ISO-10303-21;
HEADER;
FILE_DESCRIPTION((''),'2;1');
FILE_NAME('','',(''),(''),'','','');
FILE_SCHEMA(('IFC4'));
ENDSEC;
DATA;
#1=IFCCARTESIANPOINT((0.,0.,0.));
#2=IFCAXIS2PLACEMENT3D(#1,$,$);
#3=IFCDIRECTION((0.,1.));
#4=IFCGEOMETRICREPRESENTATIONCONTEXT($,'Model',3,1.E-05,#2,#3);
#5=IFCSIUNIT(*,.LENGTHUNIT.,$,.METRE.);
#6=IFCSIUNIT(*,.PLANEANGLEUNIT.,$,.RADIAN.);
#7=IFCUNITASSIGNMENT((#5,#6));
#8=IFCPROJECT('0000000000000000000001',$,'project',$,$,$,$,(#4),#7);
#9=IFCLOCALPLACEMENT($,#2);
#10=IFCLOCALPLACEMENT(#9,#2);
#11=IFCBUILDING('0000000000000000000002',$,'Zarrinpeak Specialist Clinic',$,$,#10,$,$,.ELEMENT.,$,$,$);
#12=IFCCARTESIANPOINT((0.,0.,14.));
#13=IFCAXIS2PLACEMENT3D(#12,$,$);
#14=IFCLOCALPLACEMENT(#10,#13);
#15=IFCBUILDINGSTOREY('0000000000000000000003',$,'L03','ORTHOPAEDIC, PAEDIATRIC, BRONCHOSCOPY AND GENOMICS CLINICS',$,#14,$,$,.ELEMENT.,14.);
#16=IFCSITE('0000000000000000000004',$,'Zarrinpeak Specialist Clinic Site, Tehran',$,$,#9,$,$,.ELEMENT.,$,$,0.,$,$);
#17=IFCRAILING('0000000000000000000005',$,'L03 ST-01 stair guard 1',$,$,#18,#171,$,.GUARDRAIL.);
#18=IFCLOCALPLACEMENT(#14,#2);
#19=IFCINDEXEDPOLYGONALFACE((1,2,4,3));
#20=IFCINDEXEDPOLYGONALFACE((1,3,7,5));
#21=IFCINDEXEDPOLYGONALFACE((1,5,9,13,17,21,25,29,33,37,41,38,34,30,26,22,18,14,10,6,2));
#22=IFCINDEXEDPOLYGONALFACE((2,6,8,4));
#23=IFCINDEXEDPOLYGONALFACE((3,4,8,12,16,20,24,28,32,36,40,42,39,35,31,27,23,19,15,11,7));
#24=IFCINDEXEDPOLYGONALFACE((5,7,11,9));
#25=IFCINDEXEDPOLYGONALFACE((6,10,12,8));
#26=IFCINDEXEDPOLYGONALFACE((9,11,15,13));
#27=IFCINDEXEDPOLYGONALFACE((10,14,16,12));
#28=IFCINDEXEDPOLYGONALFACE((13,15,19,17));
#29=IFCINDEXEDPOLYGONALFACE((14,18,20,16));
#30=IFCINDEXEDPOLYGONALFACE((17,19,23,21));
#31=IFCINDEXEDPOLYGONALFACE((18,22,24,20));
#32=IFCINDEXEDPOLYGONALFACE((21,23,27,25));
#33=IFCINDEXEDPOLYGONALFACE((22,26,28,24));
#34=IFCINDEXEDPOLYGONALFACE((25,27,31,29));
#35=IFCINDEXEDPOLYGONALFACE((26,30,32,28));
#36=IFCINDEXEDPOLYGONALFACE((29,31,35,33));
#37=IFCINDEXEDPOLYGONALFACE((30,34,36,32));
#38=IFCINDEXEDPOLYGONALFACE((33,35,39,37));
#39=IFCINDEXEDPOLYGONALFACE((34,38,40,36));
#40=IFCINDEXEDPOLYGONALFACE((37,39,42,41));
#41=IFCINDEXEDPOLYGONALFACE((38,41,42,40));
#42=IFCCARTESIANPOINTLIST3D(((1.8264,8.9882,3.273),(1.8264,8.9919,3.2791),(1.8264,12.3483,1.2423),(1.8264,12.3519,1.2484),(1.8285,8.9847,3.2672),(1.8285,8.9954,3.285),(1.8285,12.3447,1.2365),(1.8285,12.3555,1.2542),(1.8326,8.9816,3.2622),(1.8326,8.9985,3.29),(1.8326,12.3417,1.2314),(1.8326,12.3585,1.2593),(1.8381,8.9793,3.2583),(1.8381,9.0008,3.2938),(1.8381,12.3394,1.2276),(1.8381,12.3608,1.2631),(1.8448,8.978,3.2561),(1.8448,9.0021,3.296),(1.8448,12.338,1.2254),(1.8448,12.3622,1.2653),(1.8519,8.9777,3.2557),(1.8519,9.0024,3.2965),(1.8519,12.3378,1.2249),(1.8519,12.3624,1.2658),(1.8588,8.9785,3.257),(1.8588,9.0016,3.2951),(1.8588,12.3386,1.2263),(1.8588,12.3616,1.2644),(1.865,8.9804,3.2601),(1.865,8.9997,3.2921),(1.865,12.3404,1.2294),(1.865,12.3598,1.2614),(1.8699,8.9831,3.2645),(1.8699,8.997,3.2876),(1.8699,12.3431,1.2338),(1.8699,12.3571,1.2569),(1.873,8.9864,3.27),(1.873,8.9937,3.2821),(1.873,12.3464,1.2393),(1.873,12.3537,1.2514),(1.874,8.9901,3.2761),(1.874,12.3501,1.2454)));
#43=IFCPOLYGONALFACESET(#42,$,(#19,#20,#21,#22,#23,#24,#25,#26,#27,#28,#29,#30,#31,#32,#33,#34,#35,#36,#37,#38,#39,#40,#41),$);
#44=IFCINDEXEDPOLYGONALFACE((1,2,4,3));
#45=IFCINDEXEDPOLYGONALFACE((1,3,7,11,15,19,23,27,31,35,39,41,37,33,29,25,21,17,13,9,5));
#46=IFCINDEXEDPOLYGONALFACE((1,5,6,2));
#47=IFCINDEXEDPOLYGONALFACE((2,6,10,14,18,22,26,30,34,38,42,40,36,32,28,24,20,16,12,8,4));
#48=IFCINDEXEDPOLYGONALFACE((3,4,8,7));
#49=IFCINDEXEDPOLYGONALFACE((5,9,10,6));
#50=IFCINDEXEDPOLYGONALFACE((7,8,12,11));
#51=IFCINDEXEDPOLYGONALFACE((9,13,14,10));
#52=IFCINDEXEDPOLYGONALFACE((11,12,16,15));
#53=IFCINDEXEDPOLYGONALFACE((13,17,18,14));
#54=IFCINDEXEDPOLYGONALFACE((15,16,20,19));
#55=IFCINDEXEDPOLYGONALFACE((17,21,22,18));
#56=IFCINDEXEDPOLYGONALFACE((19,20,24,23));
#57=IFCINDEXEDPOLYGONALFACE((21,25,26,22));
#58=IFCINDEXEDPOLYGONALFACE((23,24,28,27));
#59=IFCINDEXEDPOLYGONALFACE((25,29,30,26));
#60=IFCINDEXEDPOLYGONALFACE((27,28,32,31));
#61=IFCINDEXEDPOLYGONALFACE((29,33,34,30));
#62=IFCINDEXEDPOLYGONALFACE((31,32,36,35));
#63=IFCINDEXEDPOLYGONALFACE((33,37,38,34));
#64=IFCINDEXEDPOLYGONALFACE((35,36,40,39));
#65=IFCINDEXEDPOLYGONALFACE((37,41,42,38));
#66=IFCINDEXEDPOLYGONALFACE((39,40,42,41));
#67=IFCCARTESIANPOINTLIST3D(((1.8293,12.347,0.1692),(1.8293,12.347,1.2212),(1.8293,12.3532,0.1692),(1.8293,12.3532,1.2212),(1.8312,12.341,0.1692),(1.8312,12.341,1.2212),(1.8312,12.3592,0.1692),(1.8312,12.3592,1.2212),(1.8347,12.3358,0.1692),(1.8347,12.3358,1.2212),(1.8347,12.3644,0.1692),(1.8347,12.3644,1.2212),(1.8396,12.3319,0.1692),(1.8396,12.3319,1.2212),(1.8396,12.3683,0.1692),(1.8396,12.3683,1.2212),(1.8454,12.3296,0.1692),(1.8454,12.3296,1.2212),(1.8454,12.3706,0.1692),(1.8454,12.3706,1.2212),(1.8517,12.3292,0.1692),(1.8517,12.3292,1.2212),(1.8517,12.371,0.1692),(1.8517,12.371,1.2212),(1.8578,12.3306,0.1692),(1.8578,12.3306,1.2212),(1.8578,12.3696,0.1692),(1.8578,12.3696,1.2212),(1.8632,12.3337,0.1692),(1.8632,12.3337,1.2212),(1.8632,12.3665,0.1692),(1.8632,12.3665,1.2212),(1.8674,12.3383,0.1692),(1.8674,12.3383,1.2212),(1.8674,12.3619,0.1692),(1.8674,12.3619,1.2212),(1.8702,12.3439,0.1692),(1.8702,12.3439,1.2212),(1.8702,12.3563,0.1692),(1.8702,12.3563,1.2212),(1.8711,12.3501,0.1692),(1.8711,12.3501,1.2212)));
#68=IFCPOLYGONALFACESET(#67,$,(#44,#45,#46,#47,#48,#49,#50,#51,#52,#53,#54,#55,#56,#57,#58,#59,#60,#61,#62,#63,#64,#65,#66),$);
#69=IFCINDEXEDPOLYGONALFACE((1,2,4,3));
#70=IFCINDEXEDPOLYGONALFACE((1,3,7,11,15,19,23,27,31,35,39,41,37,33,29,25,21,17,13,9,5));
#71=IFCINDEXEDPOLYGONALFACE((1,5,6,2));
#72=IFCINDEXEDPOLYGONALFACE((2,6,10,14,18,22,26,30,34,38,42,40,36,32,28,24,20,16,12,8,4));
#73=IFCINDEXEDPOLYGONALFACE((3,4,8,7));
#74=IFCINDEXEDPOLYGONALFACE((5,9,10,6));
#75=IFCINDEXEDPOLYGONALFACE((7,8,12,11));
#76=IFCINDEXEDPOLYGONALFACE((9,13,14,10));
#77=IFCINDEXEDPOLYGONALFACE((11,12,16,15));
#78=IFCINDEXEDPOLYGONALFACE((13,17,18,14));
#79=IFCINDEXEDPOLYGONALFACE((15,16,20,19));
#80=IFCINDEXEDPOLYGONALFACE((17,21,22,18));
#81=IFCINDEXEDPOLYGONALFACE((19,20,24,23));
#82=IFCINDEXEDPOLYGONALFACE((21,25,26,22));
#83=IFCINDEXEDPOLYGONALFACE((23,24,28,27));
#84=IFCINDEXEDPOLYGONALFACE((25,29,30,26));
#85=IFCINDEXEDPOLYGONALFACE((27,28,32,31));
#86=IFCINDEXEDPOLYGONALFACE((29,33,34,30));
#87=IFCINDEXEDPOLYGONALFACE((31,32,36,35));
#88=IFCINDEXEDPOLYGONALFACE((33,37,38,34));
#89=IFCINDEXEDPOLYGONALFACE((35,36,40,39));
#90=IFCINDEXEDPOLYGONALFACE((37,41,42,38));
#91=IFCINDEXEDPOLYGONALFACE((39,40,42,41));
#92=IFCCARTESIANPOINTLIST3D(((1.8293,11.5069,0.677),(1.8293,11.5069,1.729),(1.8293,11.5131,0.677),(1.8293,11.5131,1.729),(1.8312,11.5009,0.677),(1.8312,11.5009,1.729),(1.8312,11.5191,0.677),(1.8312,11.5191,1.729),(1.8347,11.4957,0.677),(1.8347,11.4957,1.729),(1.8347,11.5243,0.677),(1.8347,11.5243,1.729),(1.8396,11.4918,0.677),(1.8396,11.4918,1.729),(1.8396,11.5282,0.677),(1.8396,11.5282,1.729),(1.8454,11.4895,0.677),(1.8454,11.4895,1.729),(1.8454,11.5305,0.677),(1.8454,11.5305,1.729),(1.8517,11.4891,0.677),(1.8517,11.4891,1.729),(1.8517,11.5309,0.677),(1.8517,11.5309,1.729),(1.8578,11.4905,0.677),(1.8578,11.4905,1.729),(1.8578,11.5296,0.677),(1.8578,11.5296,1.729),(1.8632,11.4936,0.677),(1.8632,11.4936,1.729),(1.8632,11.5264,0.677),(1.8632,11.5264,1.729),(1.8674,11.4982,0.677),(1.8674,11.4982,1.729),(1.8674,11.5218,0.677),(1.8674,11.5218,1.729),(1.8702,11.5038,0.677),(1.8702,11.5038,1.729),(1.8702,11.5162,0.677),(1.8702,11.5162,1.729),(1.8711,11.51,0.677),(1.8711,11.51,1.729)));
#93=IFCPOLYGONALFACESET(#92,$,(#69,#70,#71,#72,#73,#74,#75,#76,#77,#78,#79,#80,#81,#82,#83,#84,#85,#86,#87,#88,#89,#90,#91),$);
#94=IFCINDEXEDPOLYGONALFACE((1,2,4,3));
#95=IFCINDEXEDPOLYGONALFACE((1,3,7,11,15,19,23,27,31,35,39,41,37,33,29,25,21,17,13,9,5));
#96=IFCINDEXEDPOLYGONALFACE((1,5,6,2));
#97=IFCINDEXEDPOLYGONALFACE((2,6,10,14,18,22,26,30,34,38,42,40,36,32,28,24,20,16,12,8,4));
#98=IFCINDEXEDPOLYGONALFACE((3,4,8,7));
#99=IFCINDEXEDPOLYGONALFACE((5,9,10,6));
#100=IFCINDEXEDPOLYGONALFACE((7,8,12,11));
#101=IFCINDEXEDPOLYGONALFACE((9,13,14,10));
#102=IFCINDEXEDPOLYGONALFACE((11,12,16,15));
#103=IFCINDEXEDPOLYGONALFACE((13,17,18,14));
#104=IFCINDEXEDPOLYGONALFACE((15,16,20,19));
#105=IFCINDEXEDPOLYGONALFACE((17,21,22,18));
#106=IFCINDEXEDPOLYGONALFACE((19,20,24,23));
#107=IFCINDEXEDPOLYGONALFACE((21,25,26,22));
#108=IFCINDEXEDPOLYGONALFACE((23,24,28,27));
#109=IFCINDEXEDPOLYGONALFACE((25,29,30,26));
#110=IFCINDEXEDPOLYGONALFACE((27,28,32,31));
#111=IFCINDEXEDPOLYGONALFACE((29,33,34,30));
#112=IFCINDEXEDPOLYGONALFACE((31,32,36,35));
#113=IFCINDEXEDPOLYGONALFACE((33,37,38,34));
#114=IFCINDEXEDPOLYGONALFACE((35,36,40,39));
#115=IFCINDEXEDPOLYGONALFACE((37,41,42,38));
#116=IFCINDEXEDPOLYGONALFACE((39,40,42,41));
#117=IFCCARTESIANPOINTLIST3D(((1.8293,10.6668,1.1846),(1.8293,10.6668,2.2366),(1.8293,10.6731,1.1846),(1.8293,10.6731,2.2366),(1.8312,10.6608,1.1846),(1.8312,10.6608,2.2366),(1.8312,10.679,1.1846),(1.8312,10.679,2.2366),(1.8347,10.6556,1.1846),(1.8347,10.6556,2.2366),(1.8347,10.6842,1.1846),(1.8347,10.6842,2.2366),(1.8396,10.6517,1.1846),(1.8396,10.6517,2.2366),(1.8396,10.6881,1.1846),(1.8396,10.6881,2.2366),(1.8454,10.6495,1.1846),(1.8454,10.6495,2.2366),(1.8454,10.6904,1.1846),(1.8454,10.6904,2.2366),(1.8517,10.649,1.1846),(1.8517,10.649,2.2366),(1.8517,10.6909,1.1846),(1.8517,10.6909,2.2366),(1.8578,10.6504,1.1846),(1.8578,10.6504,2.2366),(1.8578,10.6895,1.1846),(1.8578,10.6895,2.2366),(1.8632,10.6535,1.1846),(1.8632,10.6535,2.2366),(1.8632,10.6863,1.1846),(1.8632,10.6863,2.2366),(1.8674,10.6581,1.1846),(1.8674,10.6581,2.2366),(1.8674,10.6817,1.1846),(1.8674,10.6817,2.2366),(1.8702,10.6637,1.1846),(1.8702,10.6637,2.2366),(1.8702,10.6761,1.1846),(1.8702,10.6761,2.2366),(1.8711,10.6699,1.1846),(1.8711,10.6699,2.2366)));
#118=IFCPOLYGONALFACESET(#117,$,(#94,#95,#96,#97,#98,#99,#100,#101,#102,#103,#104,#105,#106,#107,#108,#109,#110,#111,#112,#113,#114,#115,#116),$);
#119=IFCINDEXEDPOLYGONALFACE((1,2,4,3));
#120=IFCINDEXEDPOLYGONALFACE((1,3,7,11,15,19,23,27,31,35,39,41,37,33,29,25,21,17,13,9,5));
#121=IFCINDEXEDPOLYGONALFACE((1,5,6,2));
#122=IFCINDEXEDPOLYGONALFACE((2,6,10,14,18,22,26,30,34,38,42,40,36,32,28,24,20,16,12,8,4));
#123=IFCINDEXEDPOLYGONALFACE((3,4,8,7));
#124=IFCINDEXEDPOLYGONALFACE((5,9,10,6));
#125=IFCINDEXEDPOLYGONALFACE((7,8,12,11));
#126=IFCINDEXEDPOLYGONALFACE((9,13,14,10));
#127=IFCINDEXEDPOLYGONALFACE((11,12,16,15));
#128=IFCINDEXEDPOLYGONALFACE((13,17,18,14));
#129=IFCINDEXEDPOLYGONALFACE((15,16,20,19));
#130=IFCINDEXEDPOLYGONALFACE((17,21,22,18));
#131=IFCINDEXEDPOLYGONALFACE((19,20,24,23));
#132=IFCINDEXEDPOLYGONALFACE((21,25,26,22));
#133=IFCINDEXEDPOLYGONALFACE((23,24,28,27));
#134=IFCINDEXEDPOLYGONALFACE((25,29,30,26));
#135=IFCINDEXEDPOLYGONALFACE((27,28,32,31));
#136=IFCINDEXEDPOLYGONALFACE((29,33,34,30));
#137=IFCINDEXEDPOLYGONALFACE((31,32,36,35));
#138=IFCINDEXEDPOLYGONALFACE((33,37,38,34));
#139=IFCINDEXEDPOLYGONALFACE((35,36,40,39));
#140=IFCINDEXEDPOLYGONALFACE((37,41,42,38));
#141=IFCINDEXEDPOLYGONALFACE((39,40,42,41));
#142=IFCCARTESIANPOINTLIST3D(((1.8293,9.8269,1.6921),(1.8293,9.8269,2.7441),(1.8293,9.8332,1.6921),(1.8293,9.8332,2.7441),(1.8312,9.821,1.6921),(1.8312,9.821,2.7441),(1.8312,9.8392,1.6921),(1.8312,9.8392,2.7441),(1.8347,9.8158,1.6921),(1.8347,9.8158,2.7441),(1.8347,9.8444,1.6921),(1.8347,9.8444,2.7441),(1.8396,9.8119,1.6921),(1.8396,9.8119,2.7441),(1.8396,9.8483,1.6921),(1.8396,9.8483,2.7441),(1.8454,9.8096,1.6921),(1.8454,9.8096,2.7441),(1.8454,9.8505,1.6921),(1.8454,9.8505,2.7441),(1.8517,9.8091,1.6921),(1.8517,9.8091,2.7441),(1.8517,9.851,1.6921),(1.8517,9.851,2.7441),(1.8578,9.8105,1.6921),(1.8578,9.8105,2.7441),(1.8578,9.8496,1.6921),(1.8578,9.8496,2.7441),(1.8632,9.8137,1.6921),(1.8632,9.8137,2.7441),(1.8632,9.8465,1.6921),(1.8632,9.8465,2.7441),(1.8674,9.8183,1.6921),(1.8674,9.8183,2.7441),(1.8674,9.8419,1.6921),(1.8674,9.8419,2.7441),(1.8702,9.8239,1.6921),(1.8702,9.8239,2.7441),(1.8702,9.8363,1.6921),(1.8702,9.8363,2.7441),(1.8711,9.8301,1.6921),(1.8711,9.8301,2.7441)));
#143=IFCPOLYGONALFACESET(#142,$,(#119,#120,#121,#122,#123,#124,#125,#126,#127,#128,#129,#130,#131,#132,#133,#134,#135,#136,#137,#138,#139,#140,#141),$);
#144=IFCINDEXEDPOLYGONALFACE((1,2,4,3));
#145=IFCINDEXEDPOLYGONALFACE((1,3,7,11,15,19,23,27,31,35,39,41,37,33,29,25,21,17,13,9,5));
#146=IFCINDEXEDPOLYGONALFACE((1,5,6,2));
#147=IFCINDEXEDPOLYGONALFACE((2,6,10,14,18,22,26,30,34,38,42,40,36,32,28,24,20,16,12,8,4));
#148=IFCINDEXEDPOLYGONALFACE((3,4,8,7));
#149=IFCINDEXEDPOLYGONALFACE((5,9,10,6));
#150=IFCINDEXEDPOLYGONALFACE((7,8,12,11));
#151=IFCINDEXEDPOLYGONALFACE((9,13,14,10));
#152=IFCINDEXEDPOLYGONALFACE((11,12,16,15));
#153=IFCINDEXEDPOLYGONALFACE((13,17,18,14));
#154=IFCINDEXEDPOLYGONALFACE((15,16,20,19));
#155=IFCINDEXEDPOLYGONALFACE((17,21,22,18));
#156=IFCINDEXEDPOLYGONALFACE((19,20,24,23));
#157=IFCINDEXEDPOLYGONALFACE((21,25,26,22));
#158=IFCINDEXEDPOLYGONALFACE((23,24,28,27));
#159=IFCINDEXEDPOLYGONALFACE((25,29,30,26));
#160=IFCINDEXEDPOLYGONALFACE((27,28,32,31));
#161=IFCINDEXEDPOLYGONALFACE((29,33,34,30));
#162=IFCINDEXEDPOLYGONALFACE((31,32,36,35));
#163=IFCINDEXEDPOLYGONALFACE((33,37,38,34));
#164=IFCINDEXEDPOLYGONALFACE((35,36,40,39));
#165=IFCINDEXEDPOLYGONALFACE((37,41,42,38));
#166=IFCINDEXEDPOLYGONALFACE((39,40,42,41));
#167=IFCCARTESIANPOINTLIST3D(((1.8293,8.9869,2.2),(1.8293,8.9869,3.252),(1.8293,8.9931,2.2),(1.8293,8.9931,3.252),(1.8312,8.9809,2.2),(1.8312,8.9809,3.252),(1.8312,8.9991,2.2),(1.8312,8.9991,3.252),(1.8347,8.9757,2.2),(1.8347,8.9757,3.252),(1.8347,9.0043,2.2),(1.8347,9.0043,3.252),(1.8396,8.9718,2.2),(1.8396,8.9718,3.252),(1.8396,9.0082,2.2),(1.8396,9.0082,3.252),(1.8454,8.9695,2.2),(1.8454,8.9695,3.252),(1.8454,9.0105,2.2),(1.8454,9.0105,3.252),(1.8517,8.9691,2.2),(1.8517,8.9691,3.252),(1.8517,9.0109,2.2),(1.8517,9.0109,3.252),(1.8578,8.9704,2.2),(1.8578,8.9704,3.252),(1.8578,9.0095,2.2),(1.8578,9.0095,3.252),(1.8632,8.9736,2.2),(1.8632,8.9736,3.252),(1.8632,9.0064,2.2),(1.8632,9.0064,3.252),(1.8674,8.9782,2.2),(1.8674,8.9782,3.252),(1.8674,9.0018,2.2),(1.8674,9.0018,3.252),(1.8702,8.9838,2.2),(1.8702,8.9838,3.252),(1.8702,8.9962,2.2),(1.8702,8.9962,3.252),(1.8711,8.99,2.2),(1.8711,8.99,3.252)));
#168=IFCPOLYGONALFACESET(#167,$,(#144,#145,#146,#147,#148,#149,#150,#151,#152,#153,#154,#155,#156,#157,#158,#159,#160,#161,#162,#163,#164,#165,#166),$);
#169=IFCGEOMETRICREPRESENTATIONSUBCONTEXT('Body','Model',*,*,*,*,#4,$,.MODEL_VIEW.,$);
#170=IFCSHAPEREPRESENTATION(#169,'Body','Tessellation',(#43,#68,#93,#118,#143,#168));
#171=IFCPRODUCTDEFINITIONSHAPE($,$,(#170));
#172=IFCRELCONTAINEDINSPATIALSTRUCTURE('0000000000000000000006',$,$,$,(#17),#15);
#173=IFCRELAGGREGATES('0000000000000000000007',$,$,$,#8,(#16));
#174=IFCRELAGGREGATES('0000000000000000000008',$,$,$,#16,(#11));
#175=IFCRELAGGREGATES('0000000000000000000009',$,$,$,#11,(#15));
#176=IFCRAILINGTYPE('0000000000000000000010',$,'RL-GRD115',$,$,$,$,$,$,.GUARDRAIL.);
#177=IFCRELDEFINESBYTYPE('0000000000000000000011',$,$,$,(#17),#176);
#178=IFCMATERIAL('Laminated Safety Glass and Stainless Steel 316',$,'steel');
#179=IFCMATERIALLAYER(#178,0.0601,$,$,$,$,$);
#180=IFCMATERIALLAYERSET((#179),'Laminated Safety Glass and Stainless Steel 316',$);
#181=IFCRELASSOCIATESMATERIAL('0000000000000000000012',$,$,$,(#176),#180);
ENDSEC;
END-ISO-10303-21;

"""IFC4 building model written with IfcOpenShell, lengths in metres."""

from ifc_helpers import new_model, si_unit, direction, frame, origin, origin_2d, place, context, subcontext, project, spatial, circle, extrude, material, layer, layer_set, type_object, element, save


model = new_model("IFC4")

# Units and contexts
model_context = context("Model", 3, precision=1e-05, world=origin(), true_north=direction((0.0, 1.0)))
body_context = subcontext(model_context, "Body", "Model", "MODEL_VIEW")
ifc_project = project(units=[si_unit("LENGTHUNIT", "METRE"), si_unit("PLANEANGLEUNIT", "RADIAN")], contexts=[model_context])

# Site, building, storey
site_placement = place(None, origin())
site = spatial("IfcSite", under=ifc_project, at=site_placement, Name="Zarrinpeak Specialist Clinic Site, Tehran", CompositionType="ELEMENT", RefElevation=0.0)
building_placement = place(site_placement, origin())
building = spatial("IfcBuilding", under=site, at=building_placement, Name="Zarrinpeak Specialist Clinic", CompositionType="ELEMENT")
storey_placement = place(building_placement, frame((0.0, 0.0, 14.0)))
storey = spatial("IfcBuildingStorey", under=building, at=storey_placement, Name="L03", Description="ORTHOPAEDIC, PAEDIATRIC, BRONCHOSCOPY AND GENOMICS CLINICS", CompositionType="ELEMENT", Elevation=14.0)

# Railing
ifc_material_1 = material(Name="Laminated Safety Glass and Stainless Steel 316", Category="steel")
ifc_layer_1 = layer(ifc_material_1, 0.0601)
ifc_layer_set_1 = layer_set([ifc_layer_1], Name="Laminated Safety Glass and Stainless Steel 316")
railing_type_1 = type_object("IfcRailingType", Name="RL-GRD115", PredefinedType="GUARDRAIL", material=ifc_layer_set_1)
railing_1_placement = place(storey_placement, frame((1.8501, 12.3501, 0.1692)))
element("IfcRailing", 1, at=railing_1_placement, inside=storey, type_object=railing_type_1, Name="L03 ST-01 stair guard 1", PredefinedType="GUARDRAIL", context=body_context, shape_type="SweptSolid", body=[
    extrude(circle(Radius=0.0239, at=origin_2d()), frame((0.0, 0.0, 1.0762), z_axis=(0.0, -0.855837, 0.517246), x_axis=(1.0, 0.0, 0.0)), (0.0, 0.0, 1.0), 3.926),
    extrude(circle(Radius=0.021, at=origin_2d()), origin(), (0.0, 0.0, 1.0), 1.052),
    extrude(circle(Radius=0.021, at=origin_2d()), frame((0.0, -0.8401, 0.5078)), (0.0, 0.0, 1.0), 1.052),
    extrude(circle(Radius=0.021, at=origin_2d()), frame((0.0, -1.6802, 1.0154)), (0.0, 0.0, 1.0), 1.052),
    extrude(circle(Radius=0.021, at=origin_2d()), frame((0.0, -2.52, 1.5229)), (0.0, 0.0, 1.0), 1.052),
    extrude(circle(Radius=0.021, at=origin_2d()), frame((0.0, -3.3601, 2.0308)), (0.0, 0.0, 1.0), 1.052),
])

save(model, "model.ifc")
